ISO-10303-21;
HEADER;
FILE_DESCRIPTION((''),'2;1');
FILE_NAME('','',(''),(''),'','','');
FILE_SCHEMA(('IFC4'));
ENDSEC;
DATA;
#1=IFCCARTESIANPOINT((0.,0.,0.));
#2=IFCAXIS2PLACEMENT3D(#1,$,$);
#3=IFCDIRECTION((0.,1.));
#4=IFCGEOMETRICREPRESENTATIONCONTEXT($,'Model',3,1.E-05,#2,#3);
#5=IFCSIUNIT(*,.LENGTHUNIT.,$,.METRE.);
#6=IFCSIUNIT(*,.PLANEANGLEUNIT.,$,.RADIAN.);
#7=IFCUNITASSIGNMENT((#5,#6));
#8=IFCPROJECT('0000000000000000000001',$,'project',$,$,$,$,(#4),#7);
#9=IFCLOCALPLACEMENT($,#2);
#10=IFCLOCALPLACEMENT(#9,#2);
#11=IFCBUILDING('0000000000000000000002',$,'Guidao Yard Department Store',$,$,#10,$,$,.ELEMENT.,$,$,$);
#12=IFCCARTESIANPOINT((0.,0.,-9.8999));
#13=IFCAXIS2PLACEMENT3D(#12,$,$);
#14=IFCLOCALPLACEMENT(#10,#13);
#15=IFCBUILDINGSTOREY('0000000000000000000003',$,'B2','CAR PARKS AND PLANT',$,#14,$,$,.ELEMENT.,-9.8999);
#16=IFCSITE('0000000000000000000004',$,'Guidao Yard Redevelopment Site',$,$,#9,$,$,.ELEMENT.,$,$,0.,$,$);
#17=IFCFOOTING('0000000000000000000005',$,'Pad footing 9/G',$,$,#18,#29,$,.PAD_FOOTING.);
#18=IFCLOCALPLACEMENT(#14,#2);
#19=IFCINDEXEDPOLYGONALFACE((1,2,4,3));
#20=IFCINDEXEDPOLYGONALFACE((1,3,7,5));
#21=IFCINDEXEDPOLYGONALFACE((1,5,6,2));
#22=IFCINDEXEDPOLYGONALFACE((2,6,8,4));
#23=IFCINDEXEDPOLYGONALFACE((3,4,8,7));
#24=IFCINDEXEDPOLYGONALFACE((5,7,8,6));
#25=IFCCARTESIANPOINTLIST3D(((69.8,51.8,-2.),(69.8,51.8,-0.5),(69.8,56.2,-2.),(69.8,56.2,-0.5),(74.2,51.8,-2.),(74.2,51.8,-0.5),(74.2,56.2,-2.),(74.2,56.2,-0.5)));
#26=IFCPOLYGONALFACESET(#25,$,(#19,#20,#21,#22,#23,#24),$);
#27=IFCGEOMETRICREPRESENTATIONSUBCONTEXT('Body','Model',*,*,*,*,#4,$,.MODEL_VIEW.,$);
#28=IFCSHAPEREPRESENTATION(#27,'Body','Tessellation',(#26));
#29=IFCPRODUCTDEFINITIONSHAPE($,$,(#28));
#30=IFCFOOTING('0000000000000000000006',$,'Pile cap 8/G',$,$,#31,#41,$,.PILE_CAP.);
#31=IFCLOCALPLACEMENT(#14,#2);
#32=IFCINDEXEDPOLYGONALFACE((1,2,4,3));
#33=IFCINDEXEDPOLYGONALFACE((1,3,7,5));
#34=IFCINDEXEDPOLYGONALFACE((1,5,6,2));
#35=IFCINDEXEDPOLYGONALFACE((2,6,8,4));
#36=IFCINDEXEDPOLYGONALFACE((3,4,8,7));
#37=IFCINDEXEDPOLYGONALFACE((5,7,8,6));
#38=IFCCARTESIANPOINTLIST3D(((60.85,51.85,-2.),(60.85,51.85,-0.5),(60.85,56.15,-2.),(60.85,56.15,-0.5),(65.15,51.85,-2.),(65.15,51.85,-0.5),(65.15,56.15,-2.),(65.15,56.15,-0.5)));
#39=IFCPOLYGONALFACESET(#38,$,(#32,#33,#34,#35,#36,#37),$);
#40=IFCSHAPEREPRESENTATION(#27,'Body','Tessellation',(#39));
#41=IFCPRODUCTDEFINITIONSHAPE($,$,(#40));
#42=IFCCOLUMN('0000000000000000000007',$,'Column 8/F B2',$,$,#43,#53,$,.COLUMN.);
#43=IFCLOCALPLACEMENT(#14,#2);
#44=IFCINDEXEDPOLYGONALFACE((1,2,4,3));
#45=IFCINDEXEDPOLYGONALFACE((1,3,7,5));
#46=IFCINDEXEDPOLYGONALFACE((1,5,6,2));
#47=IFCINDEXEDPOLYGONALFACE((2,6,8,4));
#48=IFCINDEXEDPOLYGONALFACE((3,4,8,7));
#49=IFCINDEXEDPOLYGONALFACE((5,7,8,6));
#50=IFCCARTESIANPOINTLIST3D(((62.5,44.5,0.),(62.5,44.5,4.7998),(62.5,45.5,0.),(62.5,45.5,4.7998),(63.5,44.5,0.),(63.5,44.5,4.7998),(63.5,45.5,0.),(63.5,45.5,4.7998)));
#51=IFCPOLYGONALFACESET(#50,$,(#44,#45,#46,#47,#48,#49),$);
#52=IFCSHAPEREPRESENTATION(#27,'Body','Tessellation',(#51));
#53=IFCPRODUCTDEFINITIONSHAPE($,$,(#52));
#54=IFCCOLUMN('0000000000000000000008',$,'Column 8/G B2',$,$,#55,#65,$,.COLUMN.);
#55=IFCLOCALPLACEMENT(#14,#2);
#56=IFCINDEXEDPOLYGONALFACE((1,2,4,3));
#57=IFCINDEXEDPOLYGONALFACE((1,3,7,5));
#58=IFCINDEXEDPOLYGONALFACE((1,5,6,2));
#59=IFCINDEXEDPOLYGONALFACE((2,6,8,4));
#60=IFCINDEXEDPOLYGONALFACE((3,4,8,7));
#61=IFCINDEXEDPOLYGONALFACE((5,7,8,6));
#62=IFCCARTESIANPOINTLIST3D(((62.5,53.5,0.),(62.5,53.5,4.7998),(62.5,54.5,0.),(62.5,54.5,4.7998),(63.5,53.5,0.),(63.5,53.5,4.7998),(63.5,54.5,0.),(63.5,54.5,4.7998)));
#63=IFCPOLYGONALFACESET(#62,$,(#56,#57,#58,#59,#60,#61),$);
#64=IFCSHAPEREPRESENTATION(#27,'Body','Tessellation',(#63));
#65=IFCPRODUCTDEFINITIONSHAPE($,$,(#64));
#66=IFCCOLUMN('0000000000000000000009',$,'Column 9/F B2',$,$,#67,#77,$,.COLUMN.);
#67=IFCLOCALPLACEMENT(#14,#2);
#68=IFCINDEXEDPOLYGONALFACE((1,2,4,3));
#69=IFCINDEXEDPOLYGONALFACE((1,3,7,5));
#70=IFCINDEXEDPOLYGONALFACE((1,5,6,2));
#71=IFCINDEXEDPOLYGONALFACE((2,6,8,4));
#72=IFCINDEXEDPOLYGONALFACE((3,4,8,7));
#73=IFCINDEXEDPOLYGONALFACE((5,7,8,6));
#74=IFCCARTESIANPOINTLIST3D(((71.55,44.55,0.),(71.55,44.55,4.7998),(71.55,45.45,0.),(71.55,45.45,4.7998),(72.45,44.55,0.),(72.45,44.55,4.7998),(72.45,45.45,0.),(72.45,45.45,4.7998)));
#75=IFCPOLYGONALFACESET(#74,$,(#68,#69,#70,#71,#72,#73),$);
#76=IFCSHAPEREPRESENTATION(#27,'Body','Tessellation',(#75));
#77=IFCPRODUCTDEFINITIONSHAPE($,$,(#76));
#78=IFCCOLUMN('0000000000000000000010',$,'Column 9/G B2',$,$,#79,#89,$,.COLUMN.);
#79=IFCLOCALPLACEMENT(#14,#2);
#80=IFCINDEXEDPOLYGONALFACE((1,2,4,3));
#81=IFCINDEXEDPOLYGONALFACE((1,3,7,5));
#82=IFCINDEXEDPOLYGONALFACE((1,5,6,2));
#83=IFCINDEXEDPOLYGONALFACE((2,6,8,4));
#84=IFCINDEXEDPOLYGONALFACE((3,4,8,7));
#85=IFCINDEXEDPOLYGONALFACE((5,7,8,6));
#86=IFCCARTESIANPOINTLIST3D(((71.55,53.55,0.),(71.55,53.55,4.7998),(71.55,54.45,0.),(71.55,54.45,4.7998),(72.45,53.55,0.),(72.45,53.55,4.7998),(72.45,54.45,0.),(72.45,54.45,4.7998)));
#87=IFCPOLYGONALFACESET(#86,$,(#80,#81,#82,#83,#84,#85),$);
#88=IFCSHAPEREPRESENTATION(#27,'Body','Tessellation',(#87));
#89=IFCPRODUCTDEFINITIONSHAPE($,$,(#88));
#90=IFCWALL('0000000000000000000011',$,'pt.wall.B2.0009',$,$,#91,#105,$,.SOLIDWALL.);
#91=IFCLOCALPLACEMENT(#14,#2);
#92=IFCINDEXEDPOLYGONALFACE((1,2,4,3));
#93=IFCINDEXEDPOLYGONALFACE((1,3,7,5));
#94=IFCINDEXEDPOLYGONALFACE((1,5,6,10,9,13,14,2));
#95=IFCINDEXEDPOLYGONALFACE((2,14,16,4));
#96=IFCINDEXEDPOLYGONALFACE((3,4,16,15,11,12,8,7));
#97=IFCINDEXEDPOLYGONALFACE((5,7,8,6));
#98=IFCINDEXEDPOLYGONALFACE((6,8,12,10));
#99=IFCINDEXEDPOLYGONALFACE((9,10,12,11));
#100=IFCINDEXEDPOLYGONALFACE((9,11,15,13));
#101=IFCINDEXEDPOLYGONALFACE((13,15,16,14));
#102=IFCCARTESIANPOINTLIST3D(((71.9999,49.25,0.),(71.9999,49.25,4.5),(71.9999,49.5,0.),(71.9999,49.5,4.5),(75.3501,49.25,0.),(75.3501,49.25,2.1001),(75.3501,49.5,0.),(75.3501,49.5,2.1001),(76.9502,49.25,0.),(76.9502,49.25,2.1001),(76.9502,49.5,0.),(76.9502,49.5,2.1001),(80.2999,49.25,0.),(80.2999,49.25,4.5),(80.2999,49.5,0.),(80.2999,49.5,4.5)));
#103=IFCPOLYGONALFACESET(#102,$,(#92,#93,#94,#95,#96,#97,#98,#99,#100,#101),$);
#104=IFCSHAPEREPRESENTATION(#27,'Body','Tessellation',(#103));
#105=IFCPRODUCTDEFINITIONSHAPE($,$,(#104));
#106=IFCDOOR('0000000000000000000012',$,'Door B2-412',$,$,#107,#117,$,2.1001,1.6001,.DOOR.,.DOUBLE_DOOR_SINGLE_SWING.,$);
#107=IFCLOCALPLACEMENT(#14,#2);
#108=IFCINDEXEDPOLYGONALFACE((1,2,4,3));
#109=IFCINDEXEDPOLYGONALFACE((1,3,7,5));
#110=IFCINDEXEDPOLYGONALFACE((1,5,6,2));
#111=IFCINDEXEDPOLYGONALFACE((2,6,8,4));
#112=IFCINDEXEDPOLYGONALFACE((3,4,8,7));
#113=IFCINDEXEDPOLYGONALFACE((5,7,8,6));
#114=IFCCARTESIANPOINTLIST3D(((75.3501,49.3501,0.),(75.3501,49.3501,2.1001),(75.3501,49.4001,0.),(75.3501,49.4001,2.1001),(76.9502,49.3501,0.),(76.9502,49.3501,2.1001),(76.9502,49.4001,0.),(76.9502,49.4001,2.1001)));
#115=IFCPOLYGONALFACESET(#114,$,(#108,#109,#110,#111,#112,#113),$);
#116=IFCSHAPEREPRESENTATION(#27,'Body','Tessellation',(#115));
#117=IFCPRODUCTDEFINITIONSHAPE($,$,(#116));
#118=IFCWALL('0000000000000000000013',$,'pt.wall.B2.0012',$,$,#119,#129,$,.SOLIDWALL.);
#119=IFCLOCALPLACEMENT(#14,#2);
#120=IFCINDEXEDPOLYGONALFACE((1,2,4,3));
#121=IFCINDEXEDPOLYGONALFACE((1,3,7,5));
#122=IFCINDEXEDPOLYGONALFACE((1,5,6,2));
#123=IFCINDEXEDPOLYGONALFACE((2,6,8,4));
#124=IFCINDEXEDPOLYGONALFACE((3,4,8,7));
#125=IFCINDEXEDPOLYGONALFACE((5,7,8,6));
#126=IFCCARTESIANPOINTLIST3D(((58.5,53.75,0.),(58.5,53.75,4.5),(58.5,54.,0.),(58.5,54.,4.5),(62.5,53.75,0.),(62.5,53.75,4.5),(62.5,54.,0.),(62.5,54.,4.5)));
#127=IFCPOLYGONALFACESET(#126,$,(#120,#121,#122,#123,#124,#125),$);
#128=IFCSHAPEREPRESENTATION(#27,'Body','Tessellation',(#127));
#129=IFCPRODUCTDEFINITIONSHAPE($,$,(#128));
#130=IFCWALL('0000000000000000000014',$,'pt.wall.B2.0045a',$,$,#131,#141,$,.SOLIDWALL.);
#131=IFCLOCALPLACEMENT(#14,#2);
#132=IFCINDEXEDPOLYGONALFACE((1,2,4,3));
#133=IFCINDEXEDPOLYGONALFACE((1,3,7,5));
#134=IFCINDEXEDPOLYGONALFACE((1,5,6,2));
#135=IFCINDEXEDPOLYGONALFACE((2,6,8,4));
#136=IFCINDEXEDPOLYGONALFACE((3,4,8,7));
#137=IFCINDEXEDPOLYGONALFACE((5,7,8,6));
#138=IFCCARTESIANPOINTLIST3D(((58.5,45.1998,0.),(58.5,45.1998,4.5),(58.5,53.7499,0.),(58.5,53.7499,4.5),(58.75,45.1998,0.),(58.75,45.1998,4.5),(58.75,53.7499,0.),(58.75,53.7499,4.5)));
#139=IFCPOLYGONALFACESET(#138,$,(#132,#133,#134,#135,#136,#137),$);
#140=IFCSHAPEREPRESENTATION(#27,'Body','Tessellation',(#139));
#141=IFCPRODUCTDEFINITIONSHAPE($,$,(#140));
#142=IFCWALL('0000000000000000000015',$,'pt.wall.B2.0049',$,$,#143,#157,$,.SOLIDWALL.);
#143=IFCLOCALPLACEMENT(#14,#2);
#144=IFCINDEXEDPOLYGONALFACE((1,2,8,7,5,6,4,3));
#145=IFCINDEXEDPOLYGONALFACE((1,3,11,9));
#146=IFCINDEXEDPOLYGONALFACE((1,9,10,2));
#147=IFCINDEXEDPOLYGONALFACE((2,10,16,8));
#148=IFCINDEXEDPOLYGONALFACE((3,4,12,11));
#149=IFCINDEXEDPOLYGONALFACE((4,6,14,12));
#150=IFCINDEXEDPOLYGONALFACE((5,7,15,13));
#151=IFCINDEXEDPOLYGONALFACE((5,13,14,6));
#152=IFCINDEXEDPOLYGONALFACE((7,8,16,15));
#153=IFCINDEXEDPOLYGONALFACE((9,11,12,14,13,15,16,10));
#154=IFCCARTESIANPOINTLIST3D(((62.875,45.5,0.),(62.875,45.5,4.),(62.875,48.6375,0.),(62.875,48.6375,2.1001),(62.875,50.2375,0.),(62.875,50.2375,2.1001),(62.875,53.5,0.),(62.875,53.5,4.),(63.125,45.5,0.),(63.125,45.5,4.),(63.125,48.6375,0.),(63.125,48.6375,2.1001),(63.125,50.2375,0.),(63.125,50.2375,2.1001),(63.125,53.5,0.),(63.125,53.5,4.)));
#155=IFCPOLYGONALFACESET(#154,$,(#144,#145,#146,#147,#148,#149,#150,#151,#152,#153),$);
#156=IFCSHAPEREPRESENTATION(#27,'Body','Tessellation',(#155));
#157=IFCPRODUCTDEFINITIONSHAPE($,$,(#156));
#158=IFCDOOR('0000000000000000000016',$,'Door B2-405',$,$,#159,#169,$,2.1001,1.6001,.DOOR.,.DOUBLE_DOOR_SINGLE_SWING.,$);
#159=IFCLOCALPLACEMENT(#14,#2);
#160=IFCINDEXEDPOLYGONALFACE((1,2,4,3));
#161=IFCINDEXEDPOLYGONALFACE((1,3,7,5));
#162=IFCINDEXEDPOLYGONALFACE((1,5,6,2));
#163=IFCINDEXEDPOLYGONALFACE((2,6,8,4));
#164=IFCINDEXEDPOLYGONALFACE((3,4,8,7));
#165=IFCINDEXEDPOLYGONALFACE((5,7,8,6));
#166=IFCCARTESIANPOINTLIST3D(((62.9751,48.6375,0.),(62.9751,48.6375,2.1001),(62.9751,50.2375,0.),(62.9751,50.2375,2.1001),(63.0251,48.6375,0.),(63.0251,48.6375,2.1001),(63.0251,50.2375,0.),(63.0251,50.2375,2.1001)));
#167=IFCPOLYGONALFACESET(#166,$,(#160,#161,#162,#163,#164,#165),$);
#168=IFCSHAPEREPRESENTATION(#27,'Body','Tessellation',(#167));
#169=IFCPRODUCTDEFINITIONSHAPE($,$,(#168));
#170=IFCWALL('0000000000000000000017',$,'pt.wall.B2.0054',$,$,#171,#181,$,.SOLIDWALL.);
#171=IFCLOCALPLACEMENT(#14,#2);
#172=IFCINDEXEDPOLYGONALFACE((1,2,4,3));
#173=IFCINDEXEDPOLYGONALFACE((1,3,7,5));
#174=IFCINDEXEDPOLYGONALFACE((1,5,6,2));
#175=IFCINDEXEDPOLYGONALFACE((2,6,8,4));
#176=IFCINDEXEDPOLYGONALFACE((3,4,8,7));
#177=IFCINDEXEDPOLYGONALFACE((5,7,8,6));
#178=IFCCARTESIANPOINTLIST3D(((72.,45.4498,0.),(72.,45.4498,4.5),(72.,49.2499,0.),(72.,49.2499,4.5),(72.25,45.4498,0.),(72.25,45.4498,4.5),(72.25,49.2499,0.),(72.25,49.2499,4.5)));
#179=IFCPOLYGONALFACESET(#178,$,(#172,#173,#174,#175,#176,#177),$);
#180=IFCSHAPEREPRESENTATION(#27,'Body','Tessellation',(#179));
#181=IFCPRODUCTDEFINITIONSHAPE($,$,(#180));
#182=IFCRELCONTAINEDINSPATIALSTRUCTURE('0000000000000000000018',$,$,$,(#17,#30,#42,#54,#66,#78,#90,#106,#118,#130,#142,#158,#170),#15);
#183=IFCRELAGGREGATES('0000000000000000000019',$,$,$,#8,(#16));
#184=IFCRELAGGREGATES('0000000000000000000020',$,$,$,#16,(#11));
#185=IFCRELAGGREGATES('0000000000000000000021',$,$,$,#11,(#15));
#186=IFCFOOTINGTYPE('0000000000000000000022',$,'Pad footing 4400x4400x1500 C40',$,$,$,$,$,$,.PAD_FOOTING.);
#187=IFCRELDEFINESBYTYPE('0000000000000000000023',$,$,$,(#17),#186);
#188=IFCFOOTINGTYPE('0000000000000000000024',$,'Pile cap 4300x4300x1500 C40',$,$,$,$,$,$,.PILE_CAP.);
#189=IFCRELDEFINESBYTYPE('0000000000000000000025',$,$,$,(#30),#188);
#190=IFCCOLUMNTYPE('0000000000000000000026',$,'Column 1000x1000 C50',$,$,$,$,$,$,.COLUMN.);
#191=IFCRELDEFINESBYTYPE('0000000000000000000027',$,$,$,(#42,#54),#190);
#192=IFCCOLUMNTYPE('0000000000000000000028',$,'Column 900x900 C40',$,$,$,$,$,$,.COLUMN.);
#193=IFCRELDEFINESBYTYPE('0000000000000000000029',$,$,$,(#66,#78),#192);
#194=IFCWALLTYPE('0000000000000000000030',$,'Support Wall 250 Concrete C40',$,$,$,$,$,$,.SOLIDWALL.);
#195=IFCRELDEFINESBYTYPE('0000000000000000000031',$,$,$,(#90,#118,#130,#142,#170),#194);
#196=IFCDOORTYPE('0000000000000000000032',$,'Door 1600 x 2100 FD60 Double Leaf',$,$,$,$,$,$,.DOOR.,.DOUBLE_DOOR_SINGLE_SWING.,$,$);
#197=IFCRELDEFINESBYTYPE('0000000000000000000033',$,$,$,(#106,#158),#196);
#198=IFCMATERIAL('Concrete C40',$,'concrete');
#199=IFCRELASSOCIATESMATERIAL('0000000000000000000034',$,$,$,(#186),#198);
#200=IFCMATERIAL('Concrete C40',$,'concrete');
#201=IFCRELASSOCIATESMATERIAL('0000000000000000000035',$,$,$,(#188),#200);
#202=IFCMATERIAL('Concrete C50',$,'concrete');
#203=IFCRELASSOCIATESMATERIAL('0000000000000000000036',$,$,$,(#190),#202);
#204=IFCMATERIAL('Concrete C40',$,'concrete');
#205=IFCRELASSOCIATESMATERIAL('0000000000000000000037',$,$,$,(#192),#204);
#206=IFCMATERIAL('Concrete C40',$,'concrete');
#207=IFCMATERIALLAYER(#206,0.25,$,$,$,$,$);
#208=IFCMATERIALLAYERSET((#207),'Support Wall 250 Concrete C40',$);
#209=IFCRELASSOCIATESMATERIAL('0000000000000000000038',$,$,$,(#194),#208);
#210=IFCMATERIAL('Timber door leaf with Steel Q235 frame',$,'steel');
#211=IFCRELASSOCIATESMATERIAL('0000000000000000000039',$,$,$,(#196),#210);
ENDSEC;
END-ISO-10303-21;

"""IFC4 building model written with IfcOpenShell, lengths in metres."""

from ifc_helpers import new_model, si_unit, direction, frame, frame_2d, origin, origin_2d, place, context, subcontext, project, spatial, rectangle, extrude, material, layer, layer_set, material_profile, profile_set, type_object, element, fill, save


model = new_model("IFC4")

# Units and contexts
model_context = context("Model", 3, precision=1e-05, world=origin(), true_north=direction((0.0, 1.0)))
body_context = subcontext(model_context, "Body", "Model", "MODEL_VIEW")
ifc_project = project(units=[si_unit("LENGTHUNIT", "METRE"), si_unit("PLANEANGLEUNIT", "RADIAN")], contexts=[model_context])

# Site, building, storey
site_placement = place(None, origin())
site = spatial("IfcSite", under=ifc_project, at=site_placement, Name="Guidao Yard Redevelopment Site", CompositionType="ELEMENT", RefElevation=0.0)
building_placement = place(site_placement, origin())
building = spatial("IfcBuilding", under=site, at=building_placement, Name="Guidao Yard Department Store", CompositionType="ELEMENT")
storey_placement = place(building_placement, frame((0.0, 0.0, -9.8999)))
storey = spatial("IfcBuildingStorey", under=building, at=storey_placement, Name="B2", Description="CAR PARKS AND PLANT", CompositionType="ELEMENT", Elevation=-9.8999)

# Footings
ifc_material_1 = material(Name="Concrete C40", Category="concrete")
footing_type_1 = type_object("IfcFootingType", Name="Pad footing 4400x4400x1500 C40", PredefinedType="PAD_FOOTING", material=ifc_material_1)
footing_1_placement = place(storey_placement, frame((72.0, 54.0, -2.0), z_axis=(0.0, 0.0, 1.0), x_axis=(1.0, 0.0, 0.0)))
element("IfcFooting", 1, at=footing_1_placement, inside=storey, type_object=footing_type_1, Name="Pad footing 9/G", PredefinedType="PAD_FOOTING", context=body_context, shape_type="SweptSolid", body=[
    extrude(rectangle(XDim=4.3999, YDim=4.3999, at=origin_2d()), origin(), (0.0, 0.0, 1.0), 1.5),
])
ifc_material_2 = material(Name="Concrete C40", Category="concrete")
footing_type_2 = type_object("IfcFootingType", Name="Pile cap 4300x4300x1500 C40", PredefinedType="PILE_CAP", material=ifc_material_2)
footing_2_placement = place(storey_placement, frame((63.0, 54.0, -2.0), z_axis=(0.0, 0.0, 1.0), x_axis=(1.0, 0.0, 0.0)))
element("IfcFooting", 2, at=footing_2_placement, inside=storey, type_object=footing_type_2, Name="Pile cap 8/G", PredefinedType="PILE_CAP", context=body_context, shape_type="SweptSolid", body=[
    extrude(rectangle(XDim=4.3, YDim=4.3, at=origin_2d()), origin(), (0.0, 0.0, 1.0), 1.5),
])

# Columns
ifc_material_3 = material(Name="Concrete C50", Category="concrete")
ifc_material_profile_1 = material_profile(ifc_material_3, rectangle(XDim=1.0, YDim=1.0, at=origin_2d()), Name="COL 1000x1000")
ifc_profile_set_1 = profile_set([ifc_material_profile_1], Name="Concrete C50")
column_type_1 = type_object("IfcColumnType", Name="Column 1000x1000 C50", PredefinedType="COLUMN", material=ifc_profile_set_1)
for number, where, z_axis, x_axis, name in (
    (3, (63.0, 45.0, 0.0), (0.0, 0.0, 1.0), (1.0, 0.0, 0.0), "Column 8/F B2"),
    (4, (63.0, 54.0, 0.0), (0.0, 0.0, 1.0), (1.0, 0.0, 0.0), "Column 8/G B2"),
):
    element("IfcColumn", number, at=place(storey_placement, frame(where, z_axis=z_axis, x_axis=x_axis)), inside=storey, type_object=column_type_1, Name=name, PredefinedType="COLUMN", context=body_context, shape_type="SweptSolid", body=[
        extrude(rectangle(XDim=1.0, YDim=1.0, at=origin_2d()), origin(), (0.0, 0.0, 1.0), 4.7998),
    ])
ifc_material_4 = material(Name="Concrete C40", Category="concrete")
ifc_material_profile_2 = material_profile(ifc_material_4, rectangle(XDim=0.8999, YDim=0.8999, at=origin_2d()), Name="COL 900x900")
ifc_profile_set_2 = profile_set([ifc_material_profile_2], Name="Concrete C40")
column_type_2 = type_object("IfcColumnType", Name="Column 900x900 C40", PredefinedType="COLUMN", material=ifc_profile_set_2)
for number, where, z_axis, x_axis, name in (
    (5, (72.0, 45.0, 0.0), (0.0, 0.0, 1.0), (1.0, 0.0, 0.0), "Column 9/F B2"),
    (6, (72.0, 54.0, 0.0), (0.0, 0.0, 1.0), (1.0, 0.0, 0.0), "Column 9/G B2"),
):
    element("IfcColumn", number, at=place(storey_placement, frame(where, z_axis=z_axis, x_axis=x_axis)), inside=storey, type_object=column_type_2, Name=name, PredefinedType="COLUMN", context=body_context, shape_type="SweptSolid", body=[
        extrude(rectangle(XDim=0.8999, YDim=0.8999, at=origin_2d()), origin(), (0.0, 0.0, 1.0), 4.7998),
    ])

# Wall, opening, door
ifc_material_5 = material(Name="Concrete C40", Category="concrete")
ifc_layer = layer(ifc_material_5, 0.25)
ifc_layer_set = layer_set([ifc_layer], Name="Support Wall 250 Concrete C40")
wall_type = type_object("IfcWallType", Name="Support Wall 250 Concrete C40", PredefinedType="SOLIDWALL", material=ifc_layer_set)
wall_1_placement = place(storey_placement, frame((72.0, 49.375, 0.0), z_axis=(0.0, 0.0, 1.0), x_axis=(1.0, 0.0, 0.0)))
wall_1 = element("IfcWall", 7, at=wall_1_placement, inside=storey, type_object=wall_type, Name="pt.wall.B2.0009", PredefinedType="SOLIDWALL", context=body_context, shape_type="SweptSolid", body=[
    extrude(rectangle(XDim=8.3, YDim=0.25, at=frame_2d((4.1499, 0.0))), origin(), (0.0, 0.0, 1.0), 4.5),
])
opening_1_placement = place(wall_1_placement, frame((4.9502, 0.0, 0.0), z_axis=(0.0, 0.0, 1.0), x_axis=(-1.0, 0.0, 0.0)))
opening_1 = element("IfcOpeningElement", 8, at=opening_1_placement, cuts=wall_1, PredefinedType="OPENING", context=body_context, shape_type="SweptSolid", body=[
    extrude(rectangle(XDim=1.6001, YDim=2.1001, at=frame_2d((0.8, 1.05))), frame((0.0, 0.135, 0.0), z_axis=(0.0, -1.0, 0.0), x_axis=(1.0, 0.0, 0.0)), (0.0, 0.0, 1.0), 0.27),
])
ifc_material_6 = material(Name="Timber door leaf with Steel Q235 frame", Category="steel")
door_type = type_object("IfcDoorType", Name="Door 1600 x 2100 FD60 Double Leaf", OperationType="DOUBLE_DOOR_SINGLE_SWING", PredefinedType="DOOR", material=ifc_material_6)
door_1_placement = place(opening_1_placement, origin())
door_1 = element("IfcDoor", 9, at=door_1_placement, inside=storey, type_object=door_type, Name="Door B2-412", OperationType="DOUBLE_DOOR_SINGLE_SWING", OverallHeight=2.1001, OverallWidth=1.6001, PredefinedType="DOOR", context=body_context, shape_type="SweptSolid", body=[
    extrude(rectangle(XDim=1.6001, YDim=2.1001, at=frame_2d((0.8, 1.05))), frame((0.0, 0.0249, 0.0), z_axis=(0.0, -1.0, 0.0), x_axis=(1.0, 0.0, 0.0)), (0.0, 0.0, 1.0), 0.05),
])
fill(opening_1, door_1)

# Walls
wall_2_placement = place(storey_placement, frame((58.5, 53.875, 0.0), z_axis=(0.0, 0.0, 1.0), x_axis=(1.0, 0.0, 0.0)))
element("IfcWall", 10, at=wall_2_placement, inside=storey, type_object=wall_type, Name="pt.wall.B2.0012", PredefinedType="SOLIDWALL", context=body_context, shape_type="SweptSolid", body=[
    extrude(rectangle(XDim=4.0, YDim=0.25, at=frame_2d((2.0, 0.0))), origin(), (0.0, 0.0, 1.0), 4.5),
])
wall_3_placement = place(storey_placement, frame((58.625, 45.2, 0.0), z_axis=(0.0, 0.0, 1.0), x_axis=(0.0, 1.0, 0.0)))
element("IfcWall", 11, at=wall_3_placement, inside=storey, type_object=wall_type, Name="pt.wall.B2.0045a", PredefinedType="SOLIDWALL", context=body_context, shape_type="SweptSolid", body=[
    extrude(rectangle(XDim=8.55, YDim=0.25, at=frame_2d((4.2749, 0.0))), origin(), (0.0, 0.0, 1.0), 4.5),
])

# Wall, opening, door
wall_4_placement = place(storey_placement, frame((63.0, 45.5, 0.0), z_axis=(0.0, 0.0, 1.0), x_axis=(0.0, 1.0, 0.0)))
wall_4 = element("IfcWall", 12, at=wall_4_placement, inside=storey, type_object=wall_type, Name="pt.wall.B2.0049", PredefinedType="SOLIDWALL", context=body_context, shape_type="SweptSolid", body=[
    extrude(rectangle(XDim=8.0, YDim=0.25, at=frame_2d((4.0, 0.0))), origin(), (0.0, 0.0, 1.0), 4.0),
])
opening_2_placement = place(wall_4_placement, frame((3.1375, 0.0, 0.0)))
opening_2 = element("IfcOpeningElement", 13, at=opening_2_placement, cuts=wall_4, PredefinedType="OPENING", context=body_context, shape_type="SweptSolid", body=[
    extrude(rectangle(XDim=1.6001, YDim=2.1001, at=frame_2d((0.8, 1.05))), frame((0.0, 0.135, 0.0), z_axis=(0.0, -1.0, 0.0), x_axis=(1.0, 0.0, 0.0)), (0.0, 0.0, 1.0), 0.27),
])
door_2_placement = place(opening_2_placement, origin())
door_2 = element("IfcDoor", 14, at=door_2_placement, inside=storey, type_object=door_type, Name="Door B2-405", OperationType="DOUBLE_DOOR_SINGLE_SWING", OverallHeight=2.1001, OverallWidth=1.6001, PredefinedType="DOOR", context=body_context, shape_type="SweptSolid", body=[
    extrude(rectangle(XDim=1.6001, YDim=2.1001, at=frame_2d((0.8, 1.05))), frame((0.0, 0.0249, 0.0), z_axis=(0.0, -1.0, 0.0), x_axis=(1.0, 0.0, 0.0)), (0.0, 0.0, 1.0), 0.05),
])
fill(opening_2, door_2)

# Wall
wall_5_placement = place(storey_placement, frame((72.125, 45.45, 0.0), z_axis=(0.0, 0.0, 1.0), x_axis=(0.0, 1.0, 0.0)))
element("IfcWall", 15, at=wall_5_placement, inside=storey, type_object=wall_type, Name="pt.wall.B2.0054", PredefinedType="SOLIDWALL", context=body_context, shape_type="SweptSolid", body=[
    extrude(rectangle(XDim=3.8, YDim=0.25, at=frame_2d((1.8999, 0.0))), origin(), (0.0, 0.0, 1.0), 4.5),
])

save(model, "model.ifc")
